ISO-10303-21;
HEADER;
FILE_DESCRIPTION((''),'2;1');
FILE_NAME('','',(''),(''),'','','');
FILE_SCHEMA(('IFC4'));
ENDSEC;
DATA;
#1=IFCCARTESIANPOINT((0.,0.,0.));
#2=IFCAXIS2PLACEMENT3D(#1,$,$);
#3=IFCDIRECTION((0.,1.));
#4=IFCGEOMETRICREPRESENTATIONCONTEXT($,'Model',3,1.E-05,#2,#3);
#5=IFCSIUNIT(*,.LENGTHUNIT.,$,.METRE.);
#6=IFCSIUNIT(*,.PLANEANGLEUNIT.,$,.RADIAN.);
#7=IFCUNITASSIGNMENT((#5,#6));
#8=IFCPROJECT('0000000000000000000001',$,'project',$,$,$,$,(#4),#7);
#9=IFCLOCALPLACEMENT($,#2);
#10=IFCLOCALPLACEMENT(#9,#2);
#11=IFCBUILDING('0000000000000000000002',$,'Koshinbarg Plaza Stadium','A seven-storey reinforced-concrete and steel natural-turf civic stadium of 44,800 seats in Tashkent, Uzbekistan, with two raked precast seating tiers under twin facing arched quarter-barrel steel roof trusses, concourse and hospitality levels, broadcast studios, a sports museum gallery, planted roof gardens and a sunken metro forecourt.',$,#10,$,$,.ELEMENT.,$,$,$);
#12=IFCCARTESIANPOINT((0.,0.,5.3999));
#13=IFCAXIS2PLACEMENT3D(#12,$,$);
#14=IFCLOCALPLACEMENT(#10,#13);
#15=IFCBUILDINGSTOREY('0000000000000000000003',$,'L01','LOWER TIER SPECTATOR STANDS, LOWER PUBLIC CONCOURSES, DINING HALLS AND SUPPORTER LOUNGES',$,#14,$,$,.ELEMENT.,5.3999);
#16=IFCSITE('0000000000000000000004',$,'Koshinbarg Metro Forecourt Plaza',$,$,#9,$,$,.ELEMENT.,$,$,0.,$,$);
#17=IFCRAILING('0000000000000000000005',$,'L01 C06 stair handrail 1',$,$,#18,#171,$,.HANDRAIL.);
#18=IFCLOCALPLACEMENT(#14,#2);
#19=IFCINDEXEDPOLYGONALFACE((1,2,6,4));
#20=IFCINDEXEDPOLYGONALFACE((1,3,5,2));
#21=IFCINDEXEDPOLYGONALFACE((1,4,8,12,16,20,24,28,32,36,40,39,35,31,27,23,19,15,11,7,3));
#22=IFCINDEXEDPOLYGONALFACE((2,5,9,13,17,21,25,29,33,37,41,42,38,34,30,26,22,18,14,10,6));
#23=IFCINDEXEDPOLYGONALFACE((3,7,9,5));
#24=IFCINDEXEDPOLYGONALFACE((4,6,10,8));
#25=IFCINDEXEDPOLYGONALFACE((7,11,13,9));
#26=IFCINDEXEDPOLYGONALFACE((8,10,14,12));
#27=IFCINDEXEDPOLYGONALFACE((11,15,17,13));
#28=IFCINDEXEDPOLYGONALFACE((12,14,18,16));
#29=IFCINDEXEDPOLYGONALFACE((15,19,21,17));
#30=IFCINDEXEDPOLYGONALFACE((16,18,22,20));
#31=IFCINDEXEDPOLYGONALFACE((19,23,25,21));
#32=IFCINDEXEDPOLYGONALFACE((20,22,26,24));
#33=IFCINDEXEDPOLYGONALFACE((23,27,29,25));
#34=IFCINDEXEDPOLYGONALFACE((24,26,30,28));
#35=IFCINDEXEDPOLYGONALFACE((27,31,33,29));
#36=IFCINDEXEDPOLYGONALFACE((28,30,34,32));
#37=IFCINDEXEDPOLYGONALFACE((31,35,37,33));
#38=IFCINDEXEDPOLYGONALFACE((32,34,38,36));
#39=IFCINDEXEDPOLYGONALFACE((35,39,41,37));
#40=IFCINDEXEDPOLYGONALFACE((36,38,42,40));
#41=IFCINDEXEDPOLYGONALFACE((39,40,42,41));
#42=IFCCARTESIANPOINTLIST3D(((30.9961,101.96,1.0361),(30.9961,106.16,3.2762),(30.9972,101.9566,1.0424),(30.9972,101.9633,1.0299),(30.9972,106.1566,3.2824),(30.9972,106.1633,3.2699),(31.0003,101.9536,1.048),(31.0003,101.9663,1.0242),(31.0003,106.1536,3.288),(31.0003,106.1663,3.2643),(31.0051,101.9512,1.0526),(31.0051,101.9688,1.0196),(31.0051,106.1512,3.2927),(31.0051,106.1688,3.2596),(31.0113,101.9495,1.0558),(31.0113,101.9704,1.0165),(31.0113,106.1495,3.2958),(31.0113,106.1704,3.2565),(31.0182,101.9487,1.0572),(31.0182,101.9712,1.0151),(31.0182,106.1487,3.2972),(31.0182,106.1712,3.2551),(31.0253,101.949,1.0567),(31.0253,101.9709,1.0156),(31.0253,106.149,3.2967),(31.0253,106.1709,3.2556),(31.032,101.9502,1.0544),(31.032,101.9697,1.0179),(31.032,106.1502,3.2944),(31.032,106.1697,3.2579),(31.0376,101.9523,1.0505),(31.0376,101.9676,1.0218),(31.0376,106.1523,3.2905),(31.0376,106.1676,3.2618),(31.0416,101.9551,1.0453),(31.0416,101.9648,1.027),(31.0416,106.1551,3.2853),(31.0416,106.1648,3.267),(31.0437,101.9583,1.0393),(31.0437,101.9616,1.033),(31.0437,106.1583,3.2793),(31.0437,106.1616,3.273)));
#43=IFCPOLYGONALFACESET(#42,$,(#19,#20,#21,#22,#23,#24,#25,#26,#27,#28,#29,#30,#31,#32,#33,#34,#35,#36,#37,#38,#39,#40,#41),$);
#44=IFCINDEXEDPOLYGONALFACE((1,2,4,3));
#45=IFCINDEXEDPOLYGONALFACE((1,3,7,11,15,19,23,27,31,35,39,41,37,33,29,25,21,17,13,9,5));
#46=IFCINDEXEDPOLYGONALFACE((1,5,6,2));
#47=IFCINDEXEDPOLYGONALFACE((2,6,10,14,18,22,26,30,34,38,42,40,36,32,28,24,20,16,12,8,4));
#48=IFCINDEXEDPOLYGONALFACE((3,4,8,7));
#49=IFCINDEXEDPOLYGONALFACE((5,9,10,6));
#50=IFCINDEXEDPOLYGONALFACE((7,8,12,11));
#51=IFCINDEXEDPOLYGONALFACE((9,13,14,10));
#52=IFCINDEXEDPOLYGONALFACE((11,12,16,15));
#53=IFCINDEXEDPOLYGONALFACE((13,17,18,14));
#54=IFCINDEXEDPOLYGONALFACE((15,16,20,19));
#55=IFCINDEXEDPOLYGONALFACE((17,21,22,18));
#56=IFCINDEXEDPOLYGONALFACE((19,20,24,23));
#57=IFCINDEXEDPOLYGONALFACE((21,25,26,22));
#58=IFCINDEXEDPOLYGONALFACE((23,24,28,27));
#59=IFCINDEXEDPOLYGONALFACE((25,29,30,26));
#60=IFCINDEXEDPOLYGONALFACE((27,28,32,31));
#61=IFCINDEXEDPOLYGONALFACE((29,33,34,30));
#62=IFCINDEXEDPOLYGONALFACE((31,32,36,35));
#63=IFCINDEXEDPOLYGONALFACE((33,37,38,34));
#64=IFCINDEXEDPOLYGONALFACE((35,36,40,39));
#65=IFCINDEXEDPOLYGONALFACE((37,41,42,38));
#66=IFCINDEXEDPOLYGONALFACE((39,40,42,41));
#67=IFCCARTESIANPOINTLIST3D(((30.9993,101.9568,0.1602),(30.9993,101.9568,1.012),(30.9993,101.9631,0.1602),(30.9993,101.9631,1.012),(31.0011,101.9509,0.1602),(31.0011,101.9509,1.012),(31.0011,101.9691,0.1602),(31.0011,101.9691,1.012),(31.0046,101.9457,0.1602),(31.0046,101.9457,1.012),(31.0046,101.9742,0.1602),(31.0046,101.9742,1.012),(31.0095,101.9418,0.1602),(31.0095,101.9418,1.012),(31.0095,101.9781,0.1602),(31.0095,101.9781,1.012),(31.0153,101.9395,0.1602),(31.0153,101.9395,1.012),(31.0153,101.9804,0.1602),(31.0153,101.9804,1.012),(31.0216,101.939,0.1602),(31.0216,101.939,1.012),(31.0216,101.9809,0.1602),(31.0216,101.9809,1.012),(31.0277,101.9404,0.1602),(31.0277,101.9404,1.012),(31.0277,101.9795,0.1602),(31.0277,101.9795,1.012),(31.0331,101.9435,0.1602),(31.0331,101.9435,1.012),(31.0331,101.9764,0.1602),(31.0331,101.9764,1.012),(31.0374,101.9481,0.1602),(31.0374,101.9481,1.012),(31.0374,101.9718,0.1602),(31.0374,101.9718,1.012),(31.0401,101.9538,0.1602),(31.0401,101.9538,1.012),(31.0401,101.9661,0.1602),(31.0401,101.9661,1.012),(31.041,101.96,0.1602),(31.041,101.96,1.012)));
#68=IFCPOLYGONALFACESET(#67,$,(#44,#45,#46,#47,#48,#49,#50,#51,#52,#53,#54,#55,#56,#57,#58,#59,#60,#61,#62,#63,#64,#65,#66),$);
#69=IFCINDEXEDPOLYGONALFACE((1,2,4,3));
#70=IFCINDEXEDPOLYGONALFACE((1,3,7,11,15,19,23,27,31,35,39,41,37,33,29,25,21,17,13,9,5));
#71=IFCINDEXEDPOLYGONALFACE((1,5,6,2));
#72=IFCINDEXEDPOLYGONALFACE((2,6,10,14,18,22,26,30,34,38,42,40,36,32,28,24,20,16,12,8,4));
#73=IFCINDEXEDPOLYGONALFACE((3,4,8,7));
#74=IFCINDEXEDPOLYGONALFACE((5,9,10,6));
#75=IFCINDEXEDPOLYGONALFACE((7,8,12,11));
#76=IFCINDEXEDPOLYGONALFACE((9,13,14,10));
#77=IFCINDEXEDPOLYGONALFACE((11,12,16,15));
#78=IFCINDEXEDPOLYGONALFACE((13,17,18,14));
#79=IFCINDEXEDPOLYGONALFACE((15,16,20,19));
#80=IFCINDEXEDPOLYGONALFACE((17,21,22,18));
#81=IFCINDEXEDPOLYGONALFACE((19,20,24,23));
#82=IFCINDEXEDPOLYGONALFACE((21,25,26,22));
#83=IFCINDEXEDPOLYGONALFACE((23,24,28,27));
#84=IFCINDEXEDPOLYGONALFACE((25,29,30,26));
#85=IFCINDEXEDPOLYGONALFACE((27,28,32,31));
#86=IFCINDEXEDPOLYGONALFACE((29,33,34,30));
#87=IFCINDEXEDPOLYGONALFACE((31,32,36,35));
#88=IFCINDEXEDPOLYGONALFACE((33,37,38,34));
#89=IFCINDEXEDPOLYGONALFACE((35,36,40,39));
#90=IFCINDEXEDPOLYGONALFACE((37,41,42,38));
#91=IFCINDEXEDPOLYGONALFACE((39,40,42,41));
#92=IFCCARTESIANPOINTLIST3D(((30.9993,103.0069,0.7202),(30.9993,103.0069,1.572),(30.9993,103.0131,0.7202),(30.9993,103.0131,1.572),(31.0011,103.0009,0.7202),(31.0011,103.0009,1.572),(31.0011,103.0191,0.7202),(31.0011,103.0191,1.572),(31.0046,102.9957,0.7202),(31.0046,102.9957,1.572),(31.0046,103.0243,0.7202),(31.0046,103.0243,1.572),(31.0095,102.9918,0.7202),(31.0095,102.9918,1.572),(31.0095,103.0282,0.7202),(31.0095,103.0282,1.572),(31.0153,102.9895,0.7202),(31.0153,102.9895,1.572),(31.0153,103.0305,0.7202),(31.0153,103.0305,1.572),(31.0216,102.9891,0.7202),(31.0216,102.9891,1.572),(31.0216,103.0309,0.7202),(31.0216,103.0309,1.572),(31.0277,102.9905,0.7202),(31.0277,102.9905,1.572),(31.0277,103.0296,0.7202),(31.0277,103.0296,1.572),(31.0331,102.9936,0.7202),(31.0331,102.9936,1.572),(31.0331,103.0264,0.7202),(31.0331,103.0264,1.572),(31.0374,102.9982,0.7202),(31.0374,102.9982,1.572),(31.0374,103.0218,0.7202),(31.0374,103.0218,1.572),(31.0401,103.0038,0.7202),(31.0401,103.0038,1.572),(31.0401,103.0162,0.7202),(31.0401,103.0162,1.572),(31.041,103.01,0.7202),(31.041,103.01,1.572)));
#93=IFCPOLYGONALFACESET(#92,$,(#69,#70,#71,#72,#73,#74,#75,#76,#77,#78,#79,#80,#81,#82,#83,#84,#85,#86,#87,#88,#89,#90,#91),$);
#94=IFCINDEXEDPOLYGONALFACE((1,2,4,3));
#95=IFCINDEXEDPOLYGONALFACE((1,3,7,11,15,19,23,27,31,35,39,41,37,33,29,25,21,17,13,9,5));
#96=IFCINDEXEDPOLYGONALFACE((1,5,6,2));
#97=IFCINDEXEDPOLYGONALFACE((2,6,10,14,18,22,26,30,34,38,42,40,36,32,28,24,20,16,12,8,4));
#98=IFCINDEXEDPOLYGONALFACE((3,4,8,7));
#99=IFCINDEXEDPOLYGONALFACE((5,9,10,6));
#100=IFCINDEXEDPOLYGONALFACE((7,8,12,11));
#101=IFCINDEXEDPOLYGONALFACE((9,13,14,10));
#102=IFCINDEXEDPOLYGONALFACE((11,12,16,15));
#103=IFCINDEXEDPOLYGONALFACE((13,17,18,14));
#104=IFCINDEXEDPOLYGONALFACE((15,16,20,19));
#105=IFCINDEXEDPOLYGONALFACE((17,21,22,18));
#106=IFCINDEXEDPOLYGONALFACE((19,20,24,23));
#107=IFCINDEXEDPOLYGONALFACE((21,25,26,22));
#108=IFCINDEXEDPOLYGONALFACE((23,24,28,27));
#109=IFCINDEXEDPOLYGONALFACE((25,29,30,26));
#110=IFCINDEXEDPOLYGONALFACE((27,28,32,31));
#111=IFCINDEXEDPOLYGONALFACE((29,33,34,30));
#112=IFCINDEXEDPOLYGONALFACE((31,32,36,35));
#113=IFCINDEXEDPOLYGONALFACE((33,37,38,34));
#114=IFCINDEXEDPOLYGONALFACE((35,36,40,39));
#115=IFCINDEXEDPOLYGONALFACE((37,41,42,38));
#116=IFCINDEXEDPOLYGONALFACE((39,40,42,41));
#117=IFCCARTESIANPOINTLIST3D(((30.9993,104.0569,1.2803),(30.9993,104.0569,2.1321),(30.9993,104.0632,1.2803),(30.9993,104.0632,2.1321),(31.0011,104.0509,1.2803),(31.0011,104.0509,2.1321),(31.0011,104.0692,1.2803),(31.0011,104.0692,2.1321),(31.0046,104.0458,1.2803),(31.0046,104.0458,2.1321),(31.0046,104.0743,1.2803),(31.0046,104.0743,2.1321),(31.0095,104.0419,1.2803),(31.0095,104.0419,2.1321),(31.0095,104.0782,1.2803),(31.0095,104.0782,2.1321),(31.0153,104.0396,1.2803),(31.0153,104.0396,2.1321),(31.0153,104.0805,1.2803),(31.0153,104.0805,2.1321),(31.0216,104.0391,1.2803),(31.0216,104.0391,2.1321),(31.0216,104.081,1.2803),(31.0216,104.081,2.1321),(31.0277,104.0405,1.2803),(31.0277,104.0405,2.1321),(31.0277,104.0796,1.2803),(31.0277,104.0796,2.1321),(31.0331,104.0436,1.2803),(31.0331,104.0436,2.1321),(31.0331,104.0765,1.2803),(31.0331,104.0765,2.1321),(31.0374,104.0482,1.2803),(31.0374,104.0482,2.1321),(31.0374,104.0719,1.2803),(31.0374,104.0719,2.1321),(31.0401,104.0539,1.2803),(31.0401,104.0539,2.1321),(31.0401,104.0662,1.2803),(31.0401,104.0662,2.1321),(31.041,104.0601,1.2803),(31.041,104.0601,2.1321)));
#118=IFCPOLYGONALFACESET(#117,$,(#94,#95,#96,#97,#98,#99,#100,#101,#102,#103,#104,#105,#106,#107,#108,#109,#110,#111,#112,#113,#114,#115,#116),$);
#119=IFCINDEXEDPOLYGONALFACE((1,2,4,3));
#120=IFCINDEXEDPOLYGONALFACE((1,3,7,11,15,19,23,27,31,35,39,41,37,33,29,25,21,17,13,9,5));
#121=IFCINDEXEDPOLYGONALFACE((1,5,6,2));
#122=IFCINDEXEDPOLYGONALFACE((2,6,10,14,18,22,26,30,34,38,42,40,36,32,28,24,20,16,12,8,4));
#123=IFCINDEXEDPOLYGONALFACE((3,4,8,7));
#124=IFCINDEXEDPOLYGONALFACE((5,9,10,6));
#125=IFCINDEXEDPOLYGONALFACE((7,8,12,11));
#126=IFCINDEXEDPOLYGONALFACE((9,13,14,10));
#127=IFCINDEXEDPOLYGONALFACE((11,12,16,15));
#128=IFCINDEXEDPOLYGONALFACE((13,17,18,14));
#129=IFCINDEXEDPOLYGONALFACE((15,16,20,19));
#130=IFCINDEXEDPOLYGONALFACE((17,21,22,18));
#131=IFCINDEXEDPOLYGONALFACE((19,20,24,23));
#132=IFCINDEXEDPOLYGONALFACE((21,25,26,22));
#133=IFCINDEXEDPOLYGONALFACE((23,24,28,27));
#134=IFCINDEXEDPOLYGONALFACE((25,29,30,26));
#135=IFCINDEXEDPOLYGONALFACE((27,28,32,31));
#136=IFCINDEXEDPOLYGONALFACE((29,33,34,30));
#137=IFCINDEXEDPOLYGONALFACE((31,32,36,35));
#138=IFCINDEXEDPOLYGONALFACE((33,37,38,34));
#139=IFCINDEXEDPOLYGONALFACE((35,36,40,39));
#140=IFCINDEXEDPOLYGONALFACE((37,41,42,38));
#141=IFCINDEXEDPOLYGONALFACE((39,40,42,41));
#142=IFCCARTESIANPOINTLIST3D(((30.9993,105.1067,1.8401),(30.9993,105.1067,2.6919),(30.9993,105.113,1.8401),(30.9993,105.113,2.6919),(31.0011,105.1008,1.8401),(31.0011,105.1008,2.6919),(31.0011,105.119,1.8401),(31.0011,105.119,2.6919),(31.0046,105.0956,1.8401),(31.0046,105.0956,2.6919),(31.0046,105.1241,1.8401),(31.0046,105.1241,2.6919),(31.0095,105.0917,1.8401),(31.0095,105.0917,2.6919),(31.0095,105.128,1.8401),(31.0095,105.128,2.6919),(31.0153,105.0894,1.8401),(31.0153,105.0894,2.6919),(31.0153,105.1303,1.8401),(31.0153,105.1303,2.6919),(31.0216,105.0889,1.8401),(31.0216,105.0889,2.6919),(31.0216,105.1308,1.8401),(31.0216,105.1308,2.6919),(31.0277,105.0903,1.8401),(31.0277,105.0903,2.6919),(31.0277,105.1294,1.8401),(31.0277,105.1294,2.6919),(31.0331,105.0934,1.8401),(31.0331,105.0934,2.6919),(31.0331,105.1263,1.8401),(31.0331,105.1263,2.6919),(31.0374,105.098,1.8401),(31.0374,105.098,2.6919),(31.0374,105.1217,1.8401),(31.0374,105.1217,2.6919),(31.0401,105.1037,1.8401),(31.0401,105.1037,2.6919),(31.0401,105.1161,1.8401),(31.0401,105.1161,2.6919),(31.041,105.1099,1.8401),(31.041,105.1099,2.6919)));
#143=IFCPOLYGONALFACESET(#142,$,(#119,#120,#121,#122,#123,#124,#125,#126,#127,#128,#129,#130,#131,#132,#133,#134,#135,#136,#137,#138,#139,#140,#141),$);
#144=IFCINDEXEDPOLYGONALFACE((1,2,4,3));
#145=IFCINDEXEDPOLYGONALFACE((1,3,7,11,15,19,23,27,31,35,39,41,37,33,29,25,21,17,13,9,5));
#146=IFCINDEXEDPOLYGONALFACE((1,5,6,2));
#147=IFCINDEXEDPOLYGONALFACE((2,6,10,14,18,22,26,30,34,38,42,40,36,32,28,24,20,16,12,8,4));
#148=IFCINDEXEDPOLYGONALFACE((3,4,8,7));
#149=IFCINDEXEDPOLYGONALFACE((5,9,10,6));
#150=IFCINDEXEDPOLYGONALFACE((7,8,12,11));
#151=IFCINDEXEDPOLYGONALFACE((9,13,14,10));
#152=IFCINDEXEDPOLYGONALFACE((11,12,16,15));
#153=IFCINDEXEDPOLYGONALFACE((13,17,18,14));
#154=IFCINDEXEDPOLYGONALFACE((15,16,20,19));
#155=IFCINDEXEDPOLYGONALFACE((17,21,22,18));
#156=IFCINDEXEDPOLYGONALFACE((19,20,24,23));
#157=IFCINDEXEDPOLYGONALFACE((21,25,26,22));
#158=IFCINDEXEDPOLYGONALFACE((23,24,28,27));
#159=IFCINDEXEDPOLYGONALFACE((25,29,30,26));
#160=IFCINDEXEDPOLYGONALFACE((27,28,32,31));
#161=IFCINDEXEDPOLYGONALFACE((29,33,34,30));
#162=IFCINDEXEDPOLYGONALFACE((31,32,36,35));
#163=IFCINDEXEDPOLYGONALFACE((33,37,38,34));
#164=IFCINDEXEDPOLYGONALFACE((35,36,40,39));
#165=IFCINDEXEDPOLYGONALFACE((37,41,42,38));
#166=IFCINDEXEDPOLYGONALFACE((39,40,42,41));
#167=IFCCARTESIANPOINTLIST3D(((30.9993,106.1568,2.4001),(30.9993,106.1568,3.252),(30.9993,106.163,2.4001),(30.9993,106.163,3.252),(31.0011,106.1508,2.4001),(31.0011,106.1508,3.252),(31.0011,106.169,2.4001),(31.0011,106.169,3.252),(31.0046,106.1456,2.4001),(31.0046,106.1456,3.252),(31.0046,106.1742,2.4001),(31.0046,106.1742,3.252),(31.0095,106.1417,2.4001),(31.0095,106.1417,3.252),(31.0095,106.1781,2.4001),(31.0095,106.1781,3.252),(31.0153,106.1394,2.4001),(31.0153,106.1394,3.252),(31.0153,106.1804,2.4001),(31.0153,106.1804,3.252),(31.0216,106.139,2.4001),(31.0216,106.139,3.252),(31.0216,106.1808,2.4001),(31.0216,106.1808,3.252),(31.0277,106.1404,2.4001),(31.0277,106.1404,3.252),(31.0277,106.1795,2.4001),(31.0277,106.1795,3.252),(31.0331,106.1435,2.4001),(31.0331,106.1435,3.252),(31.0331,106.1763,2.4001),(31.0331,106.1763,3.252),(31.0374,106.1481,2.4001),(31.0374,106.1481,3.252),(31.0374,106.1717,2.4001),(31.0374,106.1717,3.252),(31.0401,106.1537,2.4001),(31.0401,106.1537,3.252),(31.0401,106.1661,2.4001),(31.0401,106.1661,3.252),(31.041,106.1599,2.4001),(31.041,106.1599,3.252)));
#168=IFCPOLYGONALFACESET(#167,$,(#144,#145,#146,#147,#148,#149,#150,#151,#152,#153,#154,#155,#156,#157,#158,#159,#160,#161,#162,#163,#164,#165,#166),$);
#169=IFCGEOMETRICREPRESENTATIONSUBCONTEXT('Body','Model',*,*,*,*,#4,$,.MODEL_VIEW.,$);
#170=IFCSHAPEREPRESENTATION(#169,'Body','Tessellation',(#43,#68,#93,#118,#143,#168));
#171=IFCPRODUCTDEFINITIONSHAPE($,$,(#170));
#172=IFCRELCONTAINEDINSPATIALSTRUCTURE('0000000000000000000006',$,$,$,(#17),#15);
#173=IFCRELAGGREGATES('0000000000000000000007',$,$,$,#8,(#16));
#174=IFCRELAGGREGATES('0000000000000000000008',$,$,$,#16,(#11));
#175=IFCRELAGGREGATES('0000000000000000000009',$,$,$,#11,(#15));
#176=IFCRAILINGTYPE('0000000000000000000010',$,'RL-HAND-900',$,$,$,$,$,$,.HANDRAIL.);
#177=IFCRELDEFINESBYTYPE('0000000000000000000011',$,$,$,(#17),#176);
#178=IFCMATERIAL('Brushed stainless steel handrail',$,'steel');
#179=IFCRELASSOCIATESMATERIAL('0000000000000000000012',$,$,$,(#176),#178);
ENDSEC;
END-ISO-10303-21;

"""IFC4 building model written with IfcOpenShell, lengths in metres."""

from ifc_helpers import new_model, si_unit, direction, frame, origin, origin_2d, place, context, subcontext, project, spatial, circle, extrude, material, type_object, element, save


model = new_model("IFC4")

# Units and contexts
model_context = context("Model", 3, precision=1e-05, world=origin(), true_north=direction((0.0, 1.0)))
body_context = subcontext(model_context, "Body", "Model", "MODEL_VIEW")
ifc_project = project(units=[si_unit("LENGTHUNIT", "METRE"), si_unit("PLANEANGLEUNIT", "RADIAN")], contexts=[model_context])

# Site, building, storey
site_placement = place(None, origin())
site = spatial("IfcSite", under=ifc_project, at=site_placement, Name="Koshinbarg Metro Forecourt Plaza", CompositionType="ELEMENT", RefElevation=0.0)
building_placement = place(site_placement, origin())
building = spatial("IfcBuilding", under=site, at=building_placement, Name="Koshinbarg Plaza Stadium", Description="A seven-storey reinforced-concrete and steel natural-turf civic stadium of 44,800 seats in Tashkent, Uzbekistan, with two raked precast seating tiers under twin facing arched quarter-barrel steel roof trusses, concourse and hospitality levels, broadcast studios, a sports museum gallery, planted roof gardens and a sunken metro forecourt.", CompositionType="ELEMENT")
storey_placement = place(building_placement, frame((0.0, 0.0, 5.3999)))
storey = spatial("IfcBuildingStorey", under=building, at=storey_placement, Name="L01", Description="LOWER TIER SPECTATOR STANDS, LOWER PUBLIC CONCOURSES, DINING HALLS AND SUPPORTER LOUNGES", CompositionType="ELEMENT", Elevation=5.3999)

# Railing
ifc_material_1 = material(Name="Brushed stainless steel handrail", Category="steel")
railing_type_1 = type_object("IfcRailingType", Name="RL-HAND-900", PredefinedType="HANDRAIL", material=ifc_material_1)
for number, where, name in (
    (1, (31.02, 101.96, 0.1602), "L01 C06 stair handrail 1"),
):
    element("IfcRailing", number, at=place(storey_placement, frame(where)), inside=storey, type_object=railing_type_1, Name=name, PredefinedType="HANDRAIL", context=body_context, shape_type="SweptSolid", body=[
        extrude(circle(Radius=0.0239, at=origin_2d()), frame((0.0, 0.0, 0.876), z_axis=(0.0, 0.882352, 0.470591), x_axis=(-1.0, 0.0, 0.0)), (0.0, 0.0, 1.0), 4.76),
        extrude(circle(Radius=0.021, at=origin_2d()), origin(), (0.0, 0.0, 1.0), 0.8518),
        extrude(circle(Radius=0.021, at=origin_2d()), frame((0.0, 1.05, 0.5601)), (0.0, 0.0, 1.0), 0.8518),
        extrude(circle(Radius=0.021, at=origin_2d()), frame((0.0, 2.1001, 1.1201)), (0.0, 0.0, 1.0), 0.8518),
        extrude(circle(Radius=0.021, at=origin_2d()), frame((0.0, 3.1499, 1.6799)), (0.0, 0.0, 1.0), 0.8518),
        extrude(circle(Radius=0.021, at=origin_2d()), frame((0.0, 4.2, 2.24)), (0.0, 0.0, 1.0), 0.8518),
    ])

save(model, "model.ifc")
